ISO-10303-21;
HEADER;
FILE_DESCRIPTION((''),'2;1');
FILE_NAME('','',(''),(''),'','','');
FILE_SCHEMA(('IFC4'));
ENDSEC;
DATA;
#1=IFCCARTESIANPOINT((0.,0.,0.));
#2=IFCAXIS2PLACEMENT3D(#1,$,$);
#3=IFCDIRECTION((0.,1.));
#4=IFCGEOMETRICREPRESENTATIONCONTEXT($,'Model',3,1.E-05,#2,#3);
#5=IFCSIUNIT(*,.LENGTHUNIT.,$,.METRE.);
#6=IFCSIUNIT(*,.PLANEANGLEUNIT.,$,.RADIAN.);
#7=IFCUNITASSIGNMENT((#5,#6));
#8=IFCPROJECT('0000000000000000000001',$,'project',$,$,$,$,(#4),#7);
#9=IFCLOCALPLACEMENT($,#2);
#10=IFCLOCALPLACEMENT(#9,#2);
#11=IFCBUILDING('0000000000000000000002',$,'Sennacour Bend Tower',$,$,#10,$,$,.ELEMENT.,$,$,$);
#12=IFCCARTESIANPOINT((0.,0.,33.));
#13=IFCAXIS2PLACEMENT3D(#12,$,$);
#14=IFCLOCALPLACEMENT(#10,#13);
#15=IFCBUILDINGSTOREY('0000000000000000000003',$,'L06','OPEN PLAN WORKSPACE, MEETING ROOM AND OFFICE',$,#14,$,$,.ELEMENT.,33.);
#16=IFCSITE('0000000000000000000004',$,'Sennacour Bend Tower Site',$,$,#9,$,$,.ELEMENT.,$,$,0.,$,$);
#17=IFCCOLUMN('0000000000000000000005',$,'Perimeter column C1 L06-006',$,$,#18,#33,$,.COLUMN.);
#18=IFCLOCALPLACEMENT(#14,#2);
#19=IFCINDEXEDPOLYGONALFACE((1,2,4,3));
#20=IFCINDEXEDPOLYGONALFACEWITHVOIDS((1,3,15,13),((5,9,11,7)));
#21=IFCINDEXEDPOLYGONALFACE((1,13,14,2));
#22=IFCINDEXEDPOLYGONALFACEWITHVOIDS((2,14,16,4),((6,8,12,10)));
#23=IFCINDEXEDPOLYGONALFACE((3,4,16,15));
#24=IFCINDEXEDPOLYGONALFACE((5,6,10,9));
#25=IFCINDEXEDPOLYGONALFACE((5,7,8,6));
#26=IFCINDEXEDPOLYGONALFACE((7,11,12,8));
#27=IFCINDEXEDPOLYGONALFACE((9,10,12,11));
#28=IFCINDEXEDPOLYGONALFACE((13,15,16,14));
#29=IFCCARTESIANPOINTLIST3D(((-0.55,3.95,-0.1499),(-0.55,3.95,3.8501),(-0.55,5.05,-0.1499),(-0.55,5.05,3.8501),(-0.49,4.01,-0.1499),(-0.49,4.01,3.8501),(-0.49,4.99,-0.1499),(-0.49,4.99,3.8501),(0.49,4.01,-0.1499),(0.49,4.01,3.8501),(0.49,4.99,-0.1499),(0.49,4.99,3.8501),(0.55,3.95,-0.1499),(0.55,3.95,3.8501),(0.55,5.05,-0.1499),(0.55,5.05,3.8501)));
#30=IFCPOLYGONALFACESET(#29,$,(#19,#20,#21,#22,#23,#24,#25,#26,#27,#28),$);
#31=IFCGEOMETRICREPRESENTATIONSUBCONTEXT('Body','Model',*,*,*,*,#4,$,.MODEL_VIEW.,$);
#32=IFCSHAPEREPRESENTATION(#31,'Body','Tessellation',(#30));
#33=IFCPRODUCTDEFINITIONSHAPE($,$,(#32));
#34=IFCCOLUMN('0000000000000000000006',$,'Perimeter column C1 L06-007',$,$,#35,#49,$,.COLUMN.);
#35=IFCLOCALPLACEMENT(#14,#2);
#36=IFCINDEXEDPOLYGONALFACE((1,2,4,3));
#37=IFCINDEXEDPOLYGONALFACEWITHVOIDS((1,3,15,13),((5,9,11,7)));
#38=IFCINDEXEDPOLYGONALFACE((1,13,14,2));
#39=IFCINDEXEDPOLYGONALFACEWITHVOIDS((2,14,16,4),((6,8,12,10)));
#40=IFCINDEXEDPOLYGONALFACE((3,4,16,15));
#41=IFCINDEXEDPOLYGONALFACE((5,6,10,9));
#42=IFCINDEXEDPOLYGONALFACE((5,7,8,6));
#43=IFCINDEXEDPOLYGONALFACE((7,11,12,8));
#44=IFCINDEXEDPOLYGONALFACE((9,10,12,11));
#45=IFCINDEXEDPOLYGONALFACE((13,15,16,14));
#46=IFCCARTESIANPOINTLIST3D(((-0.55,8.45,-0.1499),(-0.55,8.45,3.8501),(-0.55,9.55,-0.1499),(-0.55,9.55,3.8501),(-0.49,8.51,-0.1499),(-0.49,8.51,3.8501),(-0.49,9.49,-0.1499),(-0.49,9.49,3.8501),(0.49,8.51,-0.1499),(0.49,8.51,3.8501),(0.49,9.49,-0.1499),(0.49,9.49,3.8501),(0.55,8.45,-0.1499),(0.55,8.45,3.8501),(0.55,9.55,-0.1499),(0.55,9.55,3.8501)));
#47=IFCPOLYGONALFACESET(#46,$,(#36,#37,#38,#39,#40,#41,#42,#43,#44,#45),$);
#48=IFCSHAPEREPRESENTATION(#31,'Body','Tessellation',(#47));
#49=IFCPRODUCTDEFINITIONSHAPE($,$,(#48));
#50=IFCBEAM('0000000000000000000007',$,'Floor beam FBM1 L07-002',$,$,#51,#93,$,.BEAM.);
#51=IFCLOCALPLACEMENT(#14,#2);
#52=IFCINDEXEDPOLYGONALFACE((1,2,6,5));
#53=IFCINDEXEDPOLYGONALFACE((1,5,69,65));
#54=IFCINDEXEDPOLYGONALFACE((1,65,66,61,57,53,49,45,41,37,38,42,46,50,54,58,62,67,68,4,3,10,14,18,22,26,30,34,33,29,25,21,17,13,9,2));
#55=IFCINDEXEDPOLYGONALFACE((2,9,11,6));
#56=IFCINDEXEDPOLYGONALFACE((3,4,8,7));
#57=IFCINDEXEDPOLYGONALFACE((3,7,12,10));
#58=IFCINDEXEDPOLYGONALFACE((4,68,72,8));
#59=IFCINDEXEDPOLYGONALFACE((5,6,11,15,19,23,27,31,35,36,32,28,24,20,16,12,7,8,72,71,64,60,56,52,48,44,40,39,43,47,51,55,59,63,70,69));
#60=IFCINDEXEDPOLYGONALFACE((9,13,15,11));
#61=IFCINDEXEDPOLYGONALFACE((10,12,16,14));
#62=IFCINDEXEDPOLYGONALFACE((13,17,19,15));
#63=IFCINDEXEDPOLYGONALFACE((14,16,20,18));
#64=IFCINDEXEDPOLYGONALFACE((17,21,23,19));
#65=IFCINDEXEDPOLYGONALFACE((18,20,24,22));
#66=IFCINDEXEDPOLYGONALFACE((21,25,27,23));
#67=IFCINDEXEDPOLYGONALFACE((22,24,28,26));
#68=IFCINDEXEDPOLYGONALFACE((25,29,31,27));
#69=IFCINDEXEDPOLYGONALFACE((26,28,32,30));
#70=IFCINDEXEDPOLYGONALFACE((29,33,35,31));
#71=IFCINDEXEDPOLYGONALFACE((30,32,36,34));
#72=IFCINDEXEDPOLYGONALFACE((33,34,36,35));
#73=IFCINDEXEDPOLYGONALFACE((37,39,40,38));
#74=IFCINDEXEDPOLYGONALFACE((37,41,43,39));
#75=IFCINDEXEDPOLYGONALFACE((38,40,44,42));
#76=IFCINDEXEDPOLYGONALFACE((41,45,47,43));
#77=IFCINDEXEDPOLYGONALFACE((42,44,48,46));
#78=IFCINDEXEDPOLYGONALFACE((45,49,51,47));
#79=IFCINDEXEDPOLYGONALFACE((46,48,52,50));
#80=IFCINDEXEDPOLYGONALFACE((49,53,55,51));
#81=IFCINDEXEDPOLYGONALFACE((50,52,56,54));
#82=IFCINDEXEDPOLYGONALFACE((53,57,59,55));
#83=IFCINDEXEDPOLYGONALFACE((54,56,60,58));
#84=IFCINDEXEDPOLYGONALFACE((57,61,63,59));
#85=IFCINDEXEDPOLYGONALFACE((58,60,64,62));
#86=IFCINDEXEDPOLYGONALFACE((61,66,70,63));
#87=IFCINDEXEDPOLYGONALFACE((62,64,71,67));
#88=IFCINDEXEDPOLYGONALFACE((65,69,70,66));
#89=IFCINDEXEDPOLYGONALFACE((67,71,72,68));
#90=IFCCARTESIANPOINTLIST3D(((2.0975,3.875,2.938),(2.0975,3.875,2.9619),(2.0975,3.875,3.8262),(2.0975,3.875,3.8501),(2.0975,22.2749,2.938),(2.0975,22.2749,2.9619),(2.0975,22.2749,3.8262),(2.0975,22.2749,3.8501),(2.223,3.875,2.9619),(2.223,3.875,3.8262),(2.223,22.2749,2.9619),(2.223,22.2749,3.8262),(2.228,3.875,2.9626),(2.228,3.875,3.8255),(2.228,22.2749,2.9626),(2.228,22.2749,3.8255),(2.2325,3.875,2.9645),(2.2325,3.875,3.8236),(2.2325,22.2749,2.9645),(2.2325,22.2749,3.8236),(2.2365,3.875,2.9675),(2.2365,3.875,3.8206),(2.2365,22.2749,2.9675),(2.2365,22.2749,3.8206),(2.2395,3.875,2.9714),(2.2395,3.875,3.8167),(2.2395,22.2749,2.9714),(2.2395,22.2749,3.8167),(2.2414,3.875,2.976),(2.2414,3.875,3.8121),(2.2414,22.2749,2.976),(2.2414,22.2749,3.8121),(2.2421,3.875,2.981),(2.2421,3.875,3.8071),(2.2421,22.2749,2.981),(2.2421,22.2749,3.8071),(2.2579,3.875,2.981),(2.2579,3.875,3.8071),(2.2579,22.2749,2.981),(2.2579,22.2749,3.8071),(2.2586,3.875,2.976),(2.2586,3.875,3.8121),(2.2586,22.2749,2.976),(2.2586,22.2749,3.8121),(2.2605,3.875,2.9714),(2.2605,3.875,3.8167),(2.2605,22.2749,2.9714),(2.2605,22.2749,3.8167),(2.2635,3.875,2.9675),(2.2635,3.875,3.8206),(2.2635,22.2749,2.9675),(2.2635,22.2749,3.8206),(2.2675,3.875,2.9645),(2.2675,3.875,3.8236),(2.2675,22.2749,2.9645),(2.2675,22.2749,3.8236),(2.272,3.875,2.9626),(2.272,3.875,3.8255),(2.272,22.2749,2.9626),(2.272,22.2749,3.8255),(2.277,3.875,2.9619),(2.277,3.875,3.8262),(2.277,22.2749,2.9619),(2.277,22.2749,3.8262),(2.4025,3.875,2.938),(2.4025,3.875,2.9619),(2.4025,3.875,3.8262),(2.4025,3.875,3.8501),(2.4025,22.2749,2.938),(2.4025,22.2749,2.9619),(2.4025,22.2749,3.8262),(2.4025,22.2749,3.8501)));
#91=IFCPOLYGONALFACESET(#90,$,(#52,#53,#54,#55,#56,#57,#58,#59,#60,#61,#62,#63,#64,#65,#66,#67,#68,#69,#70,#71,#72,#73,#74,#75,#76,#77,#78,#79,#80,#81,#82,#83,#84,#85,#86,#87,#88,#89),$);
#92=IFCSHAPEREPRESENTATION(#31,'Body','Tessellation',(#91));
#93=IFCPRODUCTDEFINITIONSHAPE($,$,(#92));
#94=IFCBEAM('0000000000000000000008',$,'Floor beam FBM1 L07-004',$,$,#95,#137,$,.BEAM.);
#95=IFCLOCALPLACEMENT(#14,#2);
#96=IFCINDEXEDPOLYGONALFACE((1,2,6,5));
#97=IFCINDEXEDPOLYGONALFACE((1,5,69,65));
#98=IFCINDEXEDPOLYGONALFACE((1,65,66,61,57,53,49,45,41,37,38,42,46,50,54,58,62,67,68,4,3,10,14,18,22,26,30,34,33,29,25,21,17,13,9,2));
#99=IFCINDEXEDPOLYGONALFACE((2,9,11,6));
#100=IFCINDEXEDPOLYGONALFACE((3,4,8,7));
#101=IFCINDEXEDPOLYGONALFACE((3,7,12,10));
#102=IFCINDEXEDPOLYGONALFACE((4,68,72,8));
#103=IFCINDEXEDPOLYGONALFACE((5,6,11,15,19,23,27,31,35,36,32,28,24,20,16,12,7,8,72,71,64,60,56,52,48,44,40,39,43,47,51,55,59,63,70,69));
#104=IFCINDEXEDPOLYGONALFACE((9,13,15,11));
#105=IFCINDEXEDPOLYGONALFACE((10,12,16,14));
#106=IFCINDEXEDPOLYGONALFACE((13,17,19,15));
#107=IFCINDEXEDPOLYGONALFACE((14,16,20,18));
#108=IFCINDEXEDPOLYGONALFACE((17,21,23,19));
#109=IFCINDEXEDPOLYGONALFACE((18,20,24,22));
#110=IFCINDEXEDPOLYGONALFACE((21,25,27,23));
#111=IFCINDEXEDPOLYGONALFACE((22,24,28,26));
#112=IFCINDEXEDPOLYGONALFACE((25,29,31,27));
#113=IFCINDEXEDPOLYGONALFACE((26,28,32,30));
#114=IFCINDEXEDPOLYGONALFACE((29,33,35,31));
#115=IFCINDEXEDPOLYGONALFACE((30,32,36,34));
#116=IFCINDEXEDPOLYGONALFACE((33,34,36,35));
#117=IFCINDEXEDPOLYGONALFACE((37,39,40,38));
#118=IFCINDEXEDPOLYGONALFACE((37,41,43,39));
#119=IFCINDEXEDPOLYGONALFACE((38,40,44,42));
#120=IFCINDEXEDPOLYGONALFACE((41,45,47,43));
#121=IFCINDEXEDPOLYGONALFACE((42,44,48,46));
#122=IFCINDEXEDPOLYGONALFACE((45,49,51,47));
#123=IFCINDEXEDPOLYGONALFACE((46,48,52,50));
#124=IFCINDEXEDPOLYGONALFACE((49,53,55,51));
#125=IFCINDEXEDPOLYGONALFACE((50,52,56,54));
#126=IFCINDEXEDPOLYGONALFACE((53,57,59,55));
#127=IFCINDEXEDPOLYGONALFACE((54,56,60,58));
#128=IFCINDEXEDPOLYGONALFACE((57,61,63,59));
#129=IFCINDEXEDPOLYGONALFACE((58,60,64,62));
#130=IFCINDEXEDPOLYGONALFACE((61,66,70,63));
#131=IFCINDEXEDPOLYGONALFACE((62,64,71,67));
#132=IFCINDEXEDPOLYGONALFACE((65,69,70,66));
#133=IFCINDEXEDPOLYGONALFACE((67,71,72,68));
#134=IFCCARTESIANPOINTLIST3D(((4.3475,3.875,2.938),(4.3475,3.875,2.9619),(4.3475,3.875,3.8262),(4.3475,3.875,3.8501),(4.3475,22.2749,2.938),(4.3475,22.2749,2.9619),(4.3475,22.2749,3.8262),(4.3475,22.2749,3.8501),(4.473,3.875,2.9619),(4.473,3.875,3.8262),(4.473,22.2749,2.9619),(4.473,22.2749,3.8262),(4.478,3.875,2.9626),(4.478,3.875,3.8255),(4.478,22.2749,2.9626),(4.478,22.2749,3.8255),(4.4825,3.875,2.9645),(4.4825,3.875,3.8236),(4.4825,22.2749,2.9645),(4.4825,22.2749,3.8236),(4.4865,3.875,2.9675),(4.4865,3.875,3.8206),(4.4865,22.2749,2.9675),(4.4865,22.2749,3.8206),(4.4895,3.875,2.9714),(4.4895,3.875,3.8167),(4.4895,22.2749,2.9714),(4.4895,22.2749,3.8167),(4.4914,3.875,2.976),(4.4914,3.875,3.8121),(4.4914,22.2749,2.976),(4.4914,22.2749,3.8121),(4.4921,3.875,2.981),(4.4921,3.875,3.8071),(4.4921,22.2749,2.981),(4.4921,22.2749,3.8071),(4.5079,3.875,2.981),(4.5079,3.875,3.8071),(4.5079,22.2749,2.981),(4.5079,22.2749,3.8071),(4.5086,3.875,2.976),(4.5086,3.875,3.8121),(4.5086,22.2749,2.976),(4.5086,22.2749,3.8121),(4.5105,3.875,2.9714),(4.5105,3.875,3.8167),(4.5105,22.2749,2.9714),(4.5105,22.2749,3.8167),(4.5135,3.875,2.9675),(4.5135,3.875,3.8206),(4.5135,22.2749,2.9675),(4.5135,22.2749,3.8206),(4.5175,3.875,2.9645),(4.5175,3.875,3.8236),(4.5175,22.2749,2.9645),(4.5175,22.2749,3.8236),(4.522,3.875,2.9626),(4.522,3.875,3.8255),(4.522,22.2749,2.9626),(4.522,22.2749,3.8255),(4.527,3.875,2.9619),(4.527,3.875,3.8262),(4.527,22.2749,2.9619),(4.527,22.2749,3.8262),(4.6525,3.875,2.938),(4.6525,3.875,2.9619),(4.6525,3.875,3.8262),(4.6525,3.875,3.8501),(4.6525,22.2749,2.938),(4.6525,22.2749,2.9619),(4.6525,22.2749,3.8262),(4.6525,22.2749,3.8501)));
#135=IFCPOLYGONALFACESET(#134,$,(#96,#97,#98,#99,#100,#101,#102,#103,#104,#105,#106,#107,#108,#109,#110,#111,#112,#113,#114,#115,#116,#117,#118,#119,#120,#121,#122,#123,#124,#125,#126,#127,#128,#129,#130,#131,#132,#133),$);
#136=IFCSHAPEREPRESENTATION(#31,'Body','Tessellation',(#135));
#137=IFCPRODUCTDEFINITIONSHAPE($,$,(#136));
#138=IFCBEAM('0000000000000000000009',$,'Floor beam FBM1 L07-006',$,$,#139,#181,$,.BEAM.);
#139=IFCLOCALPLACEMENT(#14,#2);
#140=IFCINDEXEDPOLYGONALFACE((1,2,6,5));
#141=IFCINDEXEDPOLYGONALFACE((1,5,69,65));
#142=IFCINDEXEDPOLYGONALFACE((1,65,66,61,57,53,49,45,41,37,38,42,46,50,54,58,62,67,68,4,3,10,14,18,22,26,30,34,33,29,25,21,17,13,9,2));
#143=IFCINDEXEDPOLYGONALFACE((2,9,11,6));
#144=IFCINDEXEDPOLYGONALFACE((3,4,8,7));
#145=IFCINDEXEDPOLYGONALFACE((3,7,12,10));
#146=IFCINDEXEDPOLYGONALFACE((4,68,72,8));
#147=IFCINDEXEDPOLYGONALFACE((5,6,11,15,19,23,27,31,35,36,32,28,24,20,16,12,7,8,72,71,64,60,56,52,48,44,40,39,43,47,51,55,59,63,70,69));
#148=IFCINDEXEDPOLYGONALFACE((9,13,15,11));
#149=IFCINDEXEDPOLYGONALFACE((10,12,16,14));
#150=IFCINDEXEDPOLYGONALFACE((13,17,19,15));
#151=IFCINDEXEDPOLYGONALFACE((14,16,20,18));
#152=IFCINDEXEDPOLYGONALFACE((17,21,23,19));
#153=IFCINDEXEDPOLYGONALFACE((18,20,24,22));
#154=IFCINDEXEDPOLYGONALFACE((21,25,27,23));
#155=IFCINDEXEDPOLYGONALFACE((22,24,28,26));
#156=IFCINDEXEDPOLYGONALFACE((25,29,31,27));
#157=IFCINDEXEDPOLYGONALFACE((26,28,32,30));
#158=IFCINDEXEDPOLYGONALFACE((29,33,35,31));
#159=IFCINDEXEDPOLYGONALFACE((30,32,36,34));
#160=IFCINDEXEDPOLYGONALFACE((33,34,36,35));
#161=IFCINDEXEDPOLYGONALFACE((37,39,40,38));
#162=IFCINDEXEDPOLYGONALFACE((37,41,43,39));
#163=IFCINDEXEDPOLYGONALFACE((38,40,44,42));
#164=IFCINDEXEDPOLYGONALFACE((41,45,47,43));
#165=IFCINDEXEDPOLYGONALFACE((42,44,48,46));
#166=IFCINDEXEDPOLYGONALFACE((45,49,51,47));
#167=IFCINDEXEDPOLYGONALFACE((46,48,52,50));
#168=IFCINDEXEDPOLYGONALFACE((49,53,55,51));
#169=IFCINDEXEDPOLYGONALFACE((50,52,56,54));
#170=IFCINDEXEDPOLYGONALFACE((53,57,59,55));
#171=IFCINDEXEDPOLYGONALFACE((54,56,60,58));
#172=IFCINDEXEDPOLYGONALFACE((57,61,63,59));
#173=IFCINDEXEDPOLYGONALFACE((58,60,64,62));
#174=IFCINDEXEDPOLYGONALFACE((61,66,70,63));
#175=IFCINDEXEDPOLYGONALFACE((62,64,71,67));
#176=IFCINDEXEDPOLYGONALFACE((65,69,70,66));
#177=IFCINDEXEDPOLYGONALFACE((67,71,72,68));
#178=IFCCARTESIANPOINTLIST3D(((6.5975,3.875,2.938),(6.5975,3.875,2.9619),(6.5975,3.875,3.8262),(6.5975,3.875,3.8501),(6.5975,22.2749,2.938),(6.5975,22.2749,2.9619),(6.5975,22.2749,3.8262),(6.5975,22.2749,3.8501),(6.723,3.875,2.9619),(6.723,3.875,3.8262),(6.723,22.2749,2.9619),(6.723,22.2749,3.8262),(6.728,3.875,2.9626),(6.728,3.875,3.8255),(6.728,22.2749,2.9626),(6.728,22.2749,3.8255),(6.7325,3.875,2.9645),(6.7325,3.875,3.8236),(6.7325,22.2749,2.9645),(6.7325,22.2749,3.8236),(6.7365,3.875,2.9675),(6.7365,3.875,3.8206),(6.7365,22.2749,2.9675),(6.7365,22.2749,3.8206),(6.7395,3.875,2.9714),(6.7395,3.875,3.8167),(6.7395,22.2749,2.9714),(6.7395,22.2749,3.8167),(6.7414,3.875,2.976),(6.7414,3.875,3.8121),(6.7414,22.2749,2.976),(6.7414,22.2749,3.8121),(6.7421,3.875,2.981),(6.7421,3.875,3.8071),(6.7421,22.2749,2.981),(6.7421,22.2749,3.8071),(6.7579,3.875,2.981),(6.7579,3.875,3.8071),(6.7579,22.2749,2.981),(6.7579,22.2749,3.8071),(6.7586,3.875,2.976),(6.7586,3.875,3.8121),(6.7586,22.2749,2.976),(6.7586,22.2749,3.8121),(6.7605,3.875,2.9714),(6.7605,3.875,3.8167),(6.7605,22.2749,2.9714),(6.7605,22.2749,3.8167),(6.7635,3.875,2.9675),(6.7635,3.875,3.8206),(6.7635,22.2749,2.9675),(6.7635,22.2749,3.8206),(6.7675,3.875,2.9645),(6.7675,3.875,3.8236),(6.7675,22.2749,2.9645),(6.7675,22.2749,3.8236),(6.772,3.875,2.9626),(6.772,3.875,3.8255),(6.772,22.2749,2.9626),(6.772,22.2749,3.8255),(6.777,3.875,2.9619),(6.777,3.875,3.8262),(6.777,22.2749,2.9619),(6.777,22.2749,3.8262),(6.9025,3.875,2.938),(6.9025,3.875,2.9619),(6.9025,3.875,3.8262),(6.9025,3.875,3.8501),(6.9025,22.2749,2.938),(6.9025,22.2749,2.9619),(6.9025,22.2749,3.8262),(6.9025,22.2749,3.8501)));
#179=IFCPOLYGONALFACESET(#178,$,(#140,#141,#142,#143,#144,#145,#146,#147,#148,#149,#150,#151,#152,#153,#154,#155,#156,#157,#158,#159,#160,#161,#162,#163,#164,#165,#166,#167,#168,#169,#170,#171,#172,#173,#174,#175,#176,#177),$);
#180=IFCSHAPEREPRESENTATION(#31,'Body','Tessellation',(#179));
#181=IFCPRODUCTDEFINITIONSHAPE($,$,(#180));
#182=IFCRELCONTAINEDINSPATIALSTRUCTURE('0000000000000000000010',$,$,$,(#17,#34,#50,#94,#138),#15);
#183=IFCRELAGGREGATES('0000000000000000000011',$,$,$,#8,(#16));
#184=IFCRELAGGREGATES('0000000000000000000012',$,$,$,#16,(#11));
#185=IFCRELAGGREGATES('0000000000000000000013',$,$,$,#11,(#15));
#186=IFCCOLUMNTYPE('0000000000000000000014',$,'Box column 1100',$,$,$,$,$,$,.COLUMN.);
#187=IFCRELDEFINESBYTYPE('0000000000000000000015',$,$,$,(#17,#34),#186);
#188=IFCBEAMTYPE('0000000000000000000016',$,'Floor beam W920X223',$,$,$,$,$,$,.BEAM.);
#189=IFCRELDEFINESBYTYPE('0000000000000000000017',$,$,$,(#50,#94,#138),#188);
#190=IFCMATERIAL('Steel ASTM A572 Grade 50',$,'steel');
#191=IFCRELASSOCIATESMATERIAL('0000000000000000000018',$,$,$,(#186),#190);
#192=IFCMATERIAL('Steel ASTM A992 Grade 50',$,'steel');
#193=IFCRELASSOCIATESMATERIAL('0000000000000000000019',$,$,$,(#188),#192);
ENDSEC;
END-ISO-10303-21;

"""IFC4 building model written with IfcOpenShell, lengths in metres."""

from ifc_helpers import new_model, si_unit, direction, frame, origin, origin_2d, place, context, subcontext, project, spatial, hollow_rectangle, i_section, extrude, material, material_profile, profile_set, type_object, element, save


model = new_model("IFC4")

# Units and contexts
model_context = context("Model", 3, precision=1e-05, world=origin(), true_north=direction((0.0, 1.0)))
body_context = subcontext(model_context, "Body", "Model", "MODEL_VIEW")
ifc_project = project(units=[si_unit("LENGTHUNIT", "METRE"), si_unit("PLANEANGLEUNIT", "RADIAN")], contexts=[model_context])

# Site, building, storey
site_placement = place(None, origin())
site = spatial("IfcSite", under=ifc_project, at=site_placement, Name="Sennacour Bend Tower Site", CompositionType="ELEMENT", RefElevation=0.0)
building_placement = place(site_placement, origin())
building = spatial("IfcBuilding", under=site, at=building_placement, Name="Sennacour Bend Tower", CompositionType="ELEMENT")
storey_placement = place(building_placement, frame((0.0, 0.0, 33.0)))
storey = spatial("IfcBuildingStorey", under=building, at=storey_placement, Name="L06", Description="OPEN PLAN WORKSPACE, MEETING ROOM AND OFFICE", CompositionType="ELEMENT", Elevation=33.0)

# Columns
ifc_material_1 = material(Name="Steel ASTM A572 Grade 50", Category="steel")
ifc_material_profile_1 = material_profile(ifc_material_1, hollow_rectangle(XDim=1.1001, YDim=1.1001, WallThickness=0.0601, at=origin_2d()), Name="Steel ASTM A572 Grade 50", Category="steel")
ifc_profile_set_1 = profile_set([ifc_material_profile_1], Name="Steel ASTM A572 Grade 50")
column_type = type_object("IfcColumnType", Name="Box column 1100", PredefinedType="COLUMN", material=ifc_profile_set_1)
for number, where, z_axis, x_axis, name in (
    (1, (0.0, 4.5, -0.1499), (0.0, 0.0, 1.0), (1.0, 0.0, 0.0), "Perimeter column C1 L06-006"),
    (2, (0.0, 9.0, -0.1499), (0.0, 0.0, 1.0), (1.0, 0.0, 0.0), "Perimeter column C1 L06-007"),
):
    element("IfcColumn", number, at=place(storey_placement, frame(where, z_axis=z_axis, x_axis=x_axis)), inside=storey, type_object=column_type, Name=name, PredefinedType="COLUMN", context=body_context, shape_type="SweptSolid", body=[
        extrude(hollow_rectangle(XDim=1.1001, YDim=1.1001, WallThickness=0.0601, at=origin_2d()), origin(), (0.0, 0.0, 1.0), 4.0),
    ])

# Beams
ifc_material_2 = material(Name="Steel ASTM A992 Grade 50", Category="steel")
ifc_material_profile_2 = material_profile(ifc_material_2, i_section(OverallWidth=0.3049, OverallDepth=0.9121, WebThickness=0.0159, FlangeThickness=0.0239, FilletRadius=0.019, at=origin_2d()), Name="Steel ASTM A992 Grade 50", Category="steel")
ifc_profile_set_2 = profile_set([ifc_material_profile_2], Name="Steel ASTM A992 Grade 50")
beam_type_1 = type_object("IfcBeamType", Name="Floor beam W920X223", PredefinedType="BEAM", material=ifc_profile_set_2)
for number, where, z_axis, x_axis, name in (
    (3, (2.25, 3.875, 3.394), (0.0, 1.0, 0.0), (-1.0, 0.0, 0.0), "Floor beam FBM1 L07-002"),
    (4, (4.5, 3.875, 3.394), (0.0, 1.0, 0.0), (-1.0, 0.0, 0.0), "Floor beam FBM1 L07-004"),
    (5, (6.75, 3.875, 3.394), (0.0, 1.0, 0.0), (-1.0, 0.0, 0.0), "Floor beam FBM1 L07-006"),
):
    element("IfcBeam", number, at=place(storey_placement, frame(where, z_axis=z_axis, x_axis=x_axis)), inside=storey, type_object=beam_type_1, Name=name, PredefinedType="BEAM", context=body_context, shape_type="SweptSolid", body=[
        extrude(i_section(OverallWidth=0.3049, OverallDepth=0.9121, WebThickness=0.0159, FlangeThickness=0.0239, FilletRadius=0.019, at=origin_2d()), origin(), (0.0, 0.0, 1.0), 18.3999),
    ])

save(model, "model.ifc")
